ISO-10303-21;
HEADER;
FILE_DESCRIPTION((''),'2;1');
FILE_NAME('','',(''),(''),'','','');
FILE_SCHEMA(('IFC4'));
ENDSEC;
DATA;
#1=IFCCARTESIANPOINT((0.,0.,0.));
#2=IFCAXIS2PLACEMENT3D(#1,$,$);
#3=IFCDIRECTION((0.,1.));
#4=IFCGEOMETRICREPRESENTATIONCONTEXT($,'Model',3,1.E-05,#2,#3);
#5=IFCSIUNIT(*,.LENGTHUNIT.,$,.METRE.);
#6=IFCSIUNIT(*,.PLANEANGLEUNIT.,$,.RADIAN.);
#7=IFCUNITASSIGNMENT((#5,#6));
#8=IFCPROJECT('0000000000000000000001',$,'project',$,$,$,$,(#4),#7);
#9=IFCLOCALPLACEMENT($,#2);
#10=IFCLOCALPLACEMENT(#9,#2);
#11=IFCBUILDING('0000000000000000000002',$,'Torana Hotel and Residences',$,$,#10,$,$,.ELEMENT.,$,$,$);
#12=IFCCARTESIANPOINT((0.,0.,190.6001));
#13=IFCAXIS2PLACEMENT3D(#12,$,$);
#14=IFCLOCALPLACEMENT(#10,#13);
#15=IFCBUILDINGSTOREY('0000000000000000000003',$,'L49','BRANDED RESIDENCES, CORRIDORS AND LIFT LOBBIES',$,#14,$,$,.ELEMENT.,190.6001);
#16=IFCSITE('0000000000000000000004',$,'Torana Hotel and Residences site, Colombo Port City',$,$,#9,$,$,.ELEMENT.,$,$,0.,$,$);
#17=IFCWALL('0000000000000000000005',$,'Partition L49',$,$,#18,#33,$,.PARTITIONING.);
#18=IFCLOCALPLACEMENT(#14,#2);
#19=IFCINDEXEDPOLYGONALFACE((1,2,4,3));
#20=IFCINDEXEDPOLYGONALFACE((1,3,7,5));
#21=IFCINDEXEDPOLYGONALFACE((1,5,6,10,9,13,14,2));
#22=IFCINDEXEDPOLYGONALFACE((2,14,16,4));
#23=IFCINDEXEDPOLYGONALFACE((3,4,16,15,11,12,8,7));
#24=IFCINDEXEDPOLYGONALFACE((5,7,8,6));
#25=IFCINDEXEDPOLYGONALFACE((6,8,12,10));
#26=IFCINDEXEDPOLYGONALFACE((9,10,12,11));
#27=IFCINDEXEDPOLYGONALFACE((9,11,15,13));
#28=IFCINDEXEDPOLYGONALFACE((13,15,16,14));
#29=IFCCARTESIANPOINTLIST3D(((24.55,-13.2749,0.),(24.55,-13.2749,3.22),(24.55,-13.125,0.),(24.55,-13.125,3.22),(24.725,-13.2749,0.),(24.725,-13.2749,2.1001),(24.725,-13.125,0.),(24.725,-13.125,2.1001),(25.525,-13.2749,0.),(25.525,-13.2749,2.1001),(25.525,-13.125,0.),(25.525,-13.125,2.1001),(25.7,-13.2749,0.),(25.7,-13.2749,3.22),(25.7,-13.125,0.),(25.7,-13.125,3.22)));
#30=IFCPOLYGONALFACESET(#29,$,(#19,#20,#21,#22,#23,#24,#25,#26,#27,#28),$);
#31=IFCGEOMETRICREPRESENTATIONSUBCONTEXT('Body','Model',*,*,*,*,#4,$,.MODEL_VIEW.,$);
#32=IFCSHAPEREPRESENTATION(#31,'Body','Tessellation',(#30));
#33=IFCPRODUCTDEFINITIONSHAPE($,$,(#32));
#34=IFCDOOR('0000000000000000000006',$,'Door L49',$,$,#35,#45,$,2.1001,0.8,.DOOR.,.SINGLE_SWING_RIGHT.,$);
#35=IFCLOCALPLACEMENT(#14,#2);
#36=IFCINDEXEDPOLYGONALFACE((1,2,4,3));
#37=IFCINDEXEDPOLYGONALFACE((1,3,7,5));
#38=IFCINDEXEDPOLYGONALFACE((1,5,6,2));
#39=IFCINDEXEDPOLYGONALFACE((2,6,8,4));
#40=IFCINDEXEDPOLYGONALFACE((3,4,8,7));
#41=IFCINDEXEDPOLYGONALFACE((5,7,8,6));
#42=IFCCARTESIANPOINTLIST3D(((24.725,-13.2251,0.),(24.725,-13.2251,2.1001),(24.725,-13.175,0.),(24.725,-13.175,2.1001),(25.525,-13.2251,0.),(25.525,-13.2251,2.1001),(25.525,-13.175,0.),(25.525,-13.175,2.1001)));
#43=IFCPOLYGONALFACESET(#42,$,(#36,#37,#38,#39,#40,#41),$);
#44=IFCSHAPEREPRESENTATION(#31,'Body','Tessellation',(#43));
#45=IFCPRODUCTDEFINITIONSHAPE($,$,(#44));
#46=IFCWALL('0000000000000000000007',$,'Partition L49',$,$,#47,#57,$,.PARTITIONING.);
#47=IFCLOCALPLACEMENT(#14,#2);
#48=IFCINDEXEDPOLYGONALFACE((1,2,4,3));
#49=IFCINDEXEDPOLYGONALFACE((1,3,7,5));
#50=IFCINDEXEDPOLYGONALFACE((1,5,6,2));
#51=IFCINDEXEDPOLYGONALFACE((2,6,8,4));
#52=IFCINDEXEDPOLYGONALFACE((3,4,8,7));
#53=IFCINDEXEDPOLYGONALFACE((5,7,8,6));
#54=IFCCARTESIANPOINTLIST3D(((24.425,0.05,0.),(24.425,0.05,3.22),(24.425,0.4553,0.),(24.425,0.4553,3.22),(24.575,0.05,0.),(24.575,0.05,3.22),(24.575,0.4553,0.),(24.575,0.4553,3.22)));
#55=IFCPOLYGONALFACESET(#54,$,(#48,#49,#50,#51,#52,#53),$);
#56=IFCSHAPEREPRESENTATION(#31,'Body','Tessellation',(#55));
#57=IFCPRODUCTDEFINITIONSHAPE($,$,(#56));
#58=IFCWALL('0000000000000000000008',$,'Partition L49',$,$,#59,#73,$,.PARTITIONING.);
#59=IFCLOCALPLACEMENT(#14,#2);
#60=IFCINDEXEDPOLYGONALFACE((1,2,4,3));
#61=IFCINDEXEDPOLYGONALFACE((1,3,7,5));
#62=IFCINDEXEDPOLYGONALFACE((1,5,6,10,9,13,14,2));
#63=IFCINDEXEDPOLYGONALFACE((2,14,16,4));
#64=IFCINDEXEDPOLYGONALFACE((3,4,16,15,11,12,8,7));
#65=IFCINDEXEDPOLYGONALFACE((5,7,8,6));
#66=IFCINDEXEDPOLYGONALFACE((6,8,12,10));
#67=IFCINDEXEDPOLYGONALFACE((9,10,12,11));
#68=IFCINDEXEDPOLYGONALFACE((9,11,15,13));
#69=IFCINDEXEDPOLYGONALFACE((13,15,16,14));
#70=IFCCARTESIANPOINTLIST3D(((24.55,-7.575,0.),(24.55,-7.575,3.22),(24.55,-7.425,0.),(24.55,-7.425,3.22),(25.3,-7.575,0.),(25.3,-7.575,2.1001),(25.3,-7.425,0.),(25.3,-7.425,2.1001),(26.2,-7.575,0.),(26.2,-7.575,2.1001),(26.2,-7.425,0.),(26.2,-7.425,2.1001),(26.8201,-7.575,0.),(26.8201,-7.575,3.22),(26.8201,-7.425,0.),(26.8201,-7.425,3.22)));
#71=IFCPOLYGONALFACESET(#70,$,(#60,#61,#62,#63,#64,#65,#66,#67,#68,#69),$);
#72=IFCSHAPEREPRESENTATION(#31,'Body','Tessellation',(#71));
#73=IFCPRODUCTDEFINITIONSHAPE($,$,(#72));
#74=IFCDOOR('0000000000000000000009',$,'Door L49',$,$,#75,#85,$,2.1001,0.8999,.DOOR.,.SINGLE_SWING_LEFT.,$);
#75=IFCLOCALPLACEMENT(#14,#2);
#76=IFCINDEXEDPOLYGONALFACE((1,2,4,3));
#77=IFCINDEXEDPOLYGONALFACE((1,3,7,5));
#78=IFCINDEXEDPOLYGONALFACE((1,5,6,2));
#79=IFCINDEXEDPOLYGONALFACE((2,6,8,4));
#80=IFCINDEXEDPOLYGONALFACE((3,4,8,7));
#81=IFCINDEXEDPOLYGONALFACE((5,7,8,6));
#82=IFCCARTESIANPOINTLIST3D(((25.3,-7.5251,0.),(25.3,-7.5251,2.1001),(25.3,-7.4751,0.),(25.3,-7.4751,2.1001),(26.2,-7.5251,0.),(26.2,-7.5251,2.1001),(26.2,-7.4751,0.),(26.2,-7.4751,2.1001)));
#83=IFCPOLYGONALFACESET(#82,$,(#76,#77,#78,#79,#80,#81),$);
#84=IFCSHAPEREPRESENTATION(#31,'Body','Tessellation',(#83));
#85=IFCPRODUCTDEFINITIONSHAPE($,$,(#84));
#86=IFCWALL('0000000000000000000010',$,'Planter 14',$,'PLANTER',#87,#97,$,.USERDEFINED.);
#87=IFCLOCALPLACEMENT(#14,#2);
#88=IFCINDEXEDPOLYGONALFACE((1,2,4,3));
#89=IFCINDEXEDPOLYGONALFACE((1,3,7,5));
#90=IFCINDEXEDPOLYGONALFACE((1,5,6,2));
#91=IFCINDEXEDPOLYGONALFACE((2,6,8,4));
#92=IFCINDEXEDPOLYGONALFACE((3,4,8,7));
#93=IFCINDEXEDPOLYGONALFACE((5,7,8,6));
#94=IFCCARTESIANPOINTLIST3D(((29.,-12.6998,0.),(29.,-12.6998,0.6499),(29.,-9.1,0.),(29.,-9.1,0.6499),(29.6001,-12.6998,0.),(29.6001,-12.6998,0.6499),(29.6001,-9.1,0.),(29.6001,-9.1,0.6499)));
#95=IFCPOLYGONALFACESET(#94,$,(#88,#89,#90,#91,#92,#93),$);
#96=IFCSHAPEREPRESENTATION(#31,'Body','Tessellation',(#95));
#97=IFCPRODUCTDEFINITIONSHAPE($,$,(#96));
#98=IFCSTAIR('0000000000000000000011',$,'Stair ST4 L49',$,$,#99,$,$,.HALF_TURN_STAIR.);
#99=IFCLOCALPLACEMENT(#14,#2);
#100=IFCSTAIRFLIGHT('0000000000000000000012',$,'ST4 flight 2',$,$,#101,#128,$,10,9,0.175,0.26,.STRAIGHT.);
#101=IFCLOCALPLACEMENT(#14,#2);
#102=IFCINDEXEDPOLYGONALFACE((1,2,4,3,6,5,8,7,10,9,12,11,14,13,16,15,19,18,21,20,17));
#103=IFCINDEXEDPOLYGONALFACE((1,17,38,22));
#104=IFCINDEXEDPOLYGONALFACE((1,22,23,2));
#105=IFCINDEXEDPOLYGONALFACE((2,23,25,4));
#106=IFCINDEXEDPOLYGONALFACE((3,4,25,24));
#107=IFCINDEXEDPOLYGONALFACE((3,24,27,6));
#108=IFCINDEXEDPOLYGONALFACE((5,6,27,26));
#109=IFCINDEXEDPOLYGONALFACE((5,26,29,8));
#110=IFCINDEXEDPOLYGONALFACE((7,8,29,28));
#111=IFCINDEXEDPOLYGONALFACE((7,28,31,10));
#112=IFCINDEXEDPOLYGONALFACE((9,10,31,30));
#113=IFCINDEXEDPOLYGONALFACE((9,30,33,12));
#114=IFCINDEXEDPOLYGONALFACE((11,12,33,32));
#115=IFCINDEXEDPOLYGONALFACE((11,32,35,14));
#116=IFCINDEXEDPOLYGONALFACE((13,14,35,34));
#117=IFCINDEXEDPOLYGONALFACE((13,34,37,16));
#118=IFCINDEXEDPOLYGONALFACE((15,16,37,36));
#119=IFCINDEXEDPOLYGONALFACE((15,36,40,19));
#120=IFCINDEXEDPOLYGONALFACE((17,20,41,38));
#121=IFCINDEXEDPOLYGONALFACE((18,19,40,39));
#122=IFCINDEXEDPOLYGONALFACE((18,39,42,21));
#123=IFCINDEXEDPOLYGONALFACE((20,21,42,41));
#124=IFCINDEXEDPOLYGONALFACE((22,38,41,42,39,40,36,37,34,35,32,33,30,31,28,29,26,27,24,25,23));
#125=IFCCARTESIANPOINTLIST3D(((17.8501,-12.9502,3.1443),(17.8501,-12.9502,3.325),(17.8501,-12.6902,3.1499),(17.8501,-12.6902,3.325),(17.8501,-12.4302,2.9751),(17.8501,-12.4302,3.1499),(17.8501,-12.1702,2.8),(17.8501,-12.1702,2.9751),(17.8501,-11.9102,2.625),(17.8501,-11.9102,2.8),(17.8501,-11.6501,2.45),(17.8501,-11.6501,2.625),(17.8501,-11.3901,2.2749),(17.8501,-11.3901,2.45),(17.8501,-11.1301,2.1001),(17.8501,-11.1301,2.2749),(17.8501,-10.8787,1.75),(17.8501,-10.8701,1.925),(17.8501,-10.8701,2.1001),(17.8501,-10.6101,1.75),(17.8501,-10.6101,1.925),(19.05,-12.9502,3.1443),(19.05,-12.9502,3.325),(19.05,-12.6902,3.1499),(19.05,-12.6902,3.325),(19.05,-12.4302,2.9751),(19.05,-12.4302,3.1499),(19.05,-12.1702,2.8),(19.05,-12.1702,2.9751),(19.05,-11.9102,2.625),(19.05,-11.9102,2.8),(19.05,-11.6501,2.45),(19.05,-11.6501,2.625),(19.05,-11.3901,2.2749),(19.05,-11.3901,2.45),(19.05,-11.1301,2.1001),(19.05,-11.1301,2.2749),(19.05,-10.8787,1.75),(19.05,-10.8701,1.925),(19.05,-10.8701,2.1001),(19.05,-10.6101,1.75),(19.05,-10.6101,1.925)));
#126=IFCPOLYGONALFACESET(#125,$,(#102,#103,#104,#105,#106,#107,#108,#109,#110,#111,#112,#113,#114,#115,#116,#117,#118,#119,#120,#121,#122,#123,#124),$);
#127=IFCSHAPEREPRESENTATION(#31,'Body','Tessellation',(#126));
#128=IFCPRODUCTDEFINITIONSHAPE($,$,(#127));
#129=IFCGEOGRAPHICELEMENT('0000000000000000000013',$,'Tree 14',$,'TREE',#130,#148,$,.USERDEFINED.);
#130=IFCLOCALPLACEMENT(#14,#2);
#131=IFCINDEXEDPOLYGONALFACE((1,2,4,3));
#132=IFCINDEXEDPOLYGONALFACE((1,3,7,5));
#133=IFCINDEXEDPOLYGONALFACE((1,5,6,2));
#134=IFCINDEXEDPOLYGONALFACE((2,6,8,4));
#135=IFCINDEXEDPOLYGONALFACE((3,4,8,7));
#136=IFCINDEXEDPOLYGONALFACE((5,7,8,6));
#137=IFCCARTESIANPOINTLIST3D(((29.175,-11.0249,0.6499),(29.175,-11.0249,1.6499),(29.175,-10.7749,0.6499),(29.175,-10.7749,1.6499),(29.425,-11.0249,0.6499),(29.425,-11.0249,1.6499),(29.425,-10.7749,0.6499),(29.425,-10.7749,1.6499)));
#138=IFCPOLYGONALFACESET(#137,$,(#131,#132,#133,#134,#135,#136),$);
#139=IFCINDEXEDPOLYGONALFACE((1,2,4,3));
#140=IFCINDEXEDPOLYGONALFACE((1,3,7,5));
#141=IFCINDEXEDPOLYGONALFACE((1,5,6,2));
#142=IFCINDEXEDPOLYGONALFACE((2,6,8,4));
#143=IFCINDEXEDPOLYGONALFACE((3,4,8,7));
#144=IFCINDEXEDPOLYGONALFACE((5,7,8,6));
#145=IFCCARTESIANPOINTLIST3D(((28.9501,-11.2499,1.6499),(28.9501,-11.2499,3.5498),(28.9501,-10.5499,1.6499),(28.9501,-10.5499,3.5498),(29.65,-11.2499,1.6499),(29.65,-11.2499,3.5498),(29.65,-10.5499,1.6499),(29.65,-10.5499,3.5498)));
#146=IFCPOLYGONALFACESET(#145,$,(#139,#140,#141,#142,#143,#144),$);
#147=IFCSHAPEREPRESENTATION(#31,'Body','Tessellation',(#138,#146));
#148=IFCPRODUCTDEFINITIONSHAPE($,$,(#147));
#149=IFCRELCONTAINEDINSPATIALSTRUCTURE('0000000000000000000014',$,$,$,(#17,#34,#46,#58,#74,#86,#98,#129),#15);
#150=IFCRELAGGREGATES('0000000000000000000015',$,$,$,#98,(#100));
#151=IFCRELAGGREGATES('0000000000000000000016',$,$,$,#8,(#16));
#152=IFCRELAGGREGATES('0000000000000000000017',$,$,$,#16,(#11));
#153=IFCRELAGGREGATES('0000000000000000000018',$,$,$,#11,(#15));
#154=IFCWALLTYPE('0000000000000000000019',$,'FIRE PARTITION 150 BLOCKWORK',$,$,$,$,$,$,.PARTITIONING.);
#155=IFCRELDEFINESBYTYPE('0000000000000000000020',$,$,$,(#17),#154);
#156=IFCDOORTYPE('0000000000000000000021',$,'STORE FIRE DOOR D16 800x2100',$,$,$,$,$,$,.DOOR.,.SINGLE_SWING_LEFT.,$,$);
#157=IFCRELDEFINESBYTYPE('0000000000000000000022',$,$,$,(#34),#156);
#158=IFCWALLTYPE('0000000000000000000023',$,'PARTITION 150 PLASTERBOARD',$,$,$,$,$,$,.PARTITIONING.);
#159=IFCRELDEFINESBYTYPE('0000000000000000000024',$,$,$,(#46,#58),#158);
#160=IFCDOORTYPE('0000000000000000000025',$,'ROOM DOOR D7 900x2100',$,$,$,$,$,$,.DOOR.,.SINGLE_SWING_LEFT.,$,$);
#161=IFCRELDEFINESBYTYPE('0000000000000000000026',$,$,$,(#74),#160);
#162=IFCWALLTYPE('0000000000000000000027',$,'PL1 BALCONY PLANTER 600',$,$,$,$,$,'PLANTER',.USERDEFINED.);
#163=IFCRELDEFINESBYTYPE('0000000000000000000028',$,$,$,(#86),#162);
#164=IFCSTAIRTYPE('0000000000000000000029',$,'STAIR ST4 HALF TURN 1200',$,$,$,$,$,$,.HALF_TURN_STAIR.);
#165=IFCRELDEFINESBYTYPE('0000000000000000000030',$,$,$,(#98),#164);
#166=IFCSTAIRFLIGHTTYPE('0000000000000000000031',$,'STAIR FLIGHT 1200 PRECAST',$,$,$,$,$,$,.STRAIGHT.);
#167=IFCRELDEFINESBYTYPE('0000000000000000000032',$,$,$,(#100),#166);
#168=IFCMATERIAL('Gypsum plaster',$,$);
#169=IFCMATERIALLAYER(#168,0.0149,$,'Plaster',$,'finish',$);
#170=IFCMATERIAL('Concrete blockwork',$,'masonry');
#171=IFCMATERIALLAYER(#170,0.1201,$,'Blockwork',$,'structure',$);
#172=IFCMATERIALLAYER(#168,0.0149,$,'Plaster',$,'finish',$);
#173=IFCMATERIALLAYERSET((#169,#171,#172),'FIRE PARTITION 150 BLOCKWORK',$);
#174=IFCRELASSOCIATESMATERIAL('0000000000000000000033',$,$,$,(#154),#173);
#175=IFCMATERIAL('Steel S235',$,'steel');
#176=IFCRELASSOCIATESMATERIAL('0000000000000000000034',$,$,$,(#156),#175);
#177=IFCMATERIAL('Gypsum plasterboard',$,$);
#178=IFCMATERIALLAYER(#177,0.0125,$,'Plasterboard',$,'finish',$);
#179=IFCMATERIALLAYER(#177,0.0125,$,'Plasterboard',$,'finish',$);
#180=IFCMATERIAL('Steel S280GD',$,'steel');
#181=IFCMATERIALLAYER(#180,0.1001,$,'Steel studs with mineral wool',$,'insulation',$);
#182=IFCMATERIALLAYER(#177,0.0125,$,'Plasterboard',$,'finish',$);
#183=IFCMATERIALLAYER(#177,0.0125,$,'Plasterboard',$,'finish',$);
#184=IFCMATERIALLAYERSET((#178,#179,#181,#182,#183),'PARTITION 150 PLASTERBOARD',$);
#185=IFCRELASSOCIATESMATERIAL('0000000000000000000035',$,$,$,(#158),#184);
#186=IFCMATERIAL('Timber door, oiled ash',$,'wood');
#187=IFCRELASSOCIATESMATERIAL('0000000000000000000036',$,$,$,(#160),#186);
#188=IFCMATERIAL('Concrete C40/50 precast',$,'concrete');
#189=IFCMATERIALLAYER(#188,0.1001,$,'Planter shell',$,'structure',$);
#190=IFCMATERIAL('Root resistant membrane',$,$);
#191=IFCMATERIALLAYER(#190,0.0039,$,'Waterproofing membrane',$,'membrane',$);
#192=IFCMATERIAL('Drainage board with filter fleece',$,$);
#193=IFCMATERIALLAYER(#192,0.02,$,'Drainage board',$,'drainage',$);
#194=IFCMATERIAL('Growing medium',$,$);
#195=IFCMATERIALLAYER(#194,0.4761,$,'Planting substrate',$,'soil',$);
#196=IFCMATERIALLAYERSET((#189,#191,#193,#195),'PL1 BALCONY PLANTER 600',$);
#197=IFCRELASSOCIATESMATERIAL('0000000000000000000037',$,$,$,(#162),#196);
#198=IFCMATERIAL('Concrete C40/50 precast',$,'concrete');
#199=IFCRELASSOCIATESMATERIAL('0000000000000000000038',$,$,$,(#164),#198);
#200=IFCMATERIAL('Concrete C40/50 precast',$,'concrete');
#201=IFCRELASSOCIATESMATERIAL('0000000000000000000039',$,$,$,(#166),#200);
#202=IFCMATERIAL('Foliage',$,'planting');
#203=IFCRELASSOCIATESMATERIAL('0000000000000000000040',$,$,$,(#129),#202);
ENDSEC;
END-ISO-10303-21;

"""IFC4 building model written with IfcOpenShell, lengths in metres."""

from ifc_helpers import new_model, si_unit, direction, frame, frame_2d, origin, origin_2d, place, context, subcontext, project, spatial, polyline, rectangle, outline, extrude, material, layer, layer_set, type_object, element, fill, aggregate, save


model = new_model("IFC4")

# Units and contexts
model_context = context("Model", 3, precision=1e-05, world=origin(), true_north=direction((0.0, 1.0)))
body_context = subcontext(model_context, "Body", "Model", "MODEL_VIEW")
ifc_project = project(units=[si_unit("LENGTHUNIT", "METRE"), si_unit("PLANEANGLEUNIT", "RADIAN")], contexts=[model_context])

# Site, building, storey
site_placement = place(None, origin())
site = spatial("IfcSite", under=ifc_project, at=site_placement, Name="Torana Hotel and Residences site, Colombo Port City", CompositionType="ELEMENT", RefElevation=0.0)
building_placement = place(site_placement, origin())
building = spatial("IfcBuilding", under=site, at=building_placement, Name="Torana Hotel and Residences", CompositionType="ELEMENT")
storey_placement = place(building_placement, frame((0.0, 0.0, 190.6001)))
storey = spatial("IfcBuildingStorey", under=building, at=storey_placement, Name="L49", Description="BRANDED RESIDENCES, CORRIDORS AND LIFT LOBBIES", CompositionType="ELEMENT", Elevation=190.6001)

# Shared definitions
ifc_material_1 = material(Name="Steel S280GD", Category="steel")

# Shared definitions
ifc_material_2 = material(Name="Concrete C40/50 precast", Category="concrete")

# Wall, opening, door
ifc_material_3 = material(Name="Gypsum plaster")
ifc_layer_1 = layer(ifc_material_3, 0.0149, Name="Plaster", Category="finish")
ifc_material_4 = material(Name="Concrete blockwork", Category="masonry")
ifc_layer_2 = layer(ifc_material_4, 0.1201, Name="Blockwork", Category="structure")
ifc_layer_3 = layer(ifc_material_3, 0.0149, Name="Plaster", Category="finish")
ifc_layer_set_1 = layer_set([ifc_layer_1, ifc_layer_2, ifc_layer_3], Name="FIRE PARTITION 150 BLOCKWORK")
wall_type_1 = type_object("IfcWallType", Name="FIRE PARTITION 150 BLOCKWORK", PredefinedType="PARTITIONING", material=ifc_layer_set_1)
wall_1_placement = place(storey_placement, frame((24.55, -13.2, 0.0), z_axis=(0.0, 0.0, 1.0), x_axis=(1.0, 0.0, 0.0)))
wall_1 = element("IfcWall", 1, at=wall_1_placement, inside=storey, type_object=wall_type_1, Name="Partition L49", PredefinedType="PARTITIONING", context=body_context, shape_type="SweptSolid", body=[
    extrude(rectangle(XDim=1.1499, YDim=0.1499, at=frame_2d((0.575, 0.0))), origin(), (0.0, 0.0, 1.0), 3.22),
])
opening_1_placement = place(wall_1_placement, frame((0.175, 0.0, 0.0)))
opening_1 = element("IfcOpeningElement", 2, at=opening_1_placement, cuts=wall_1, PredefinedType="OPENING", context=body_context, shape_type="SweptSolid", body=[
    extrude(rectangle(XDim=0.8, YDim=2.1001, at=frame_2d((0.3999, 1.05))), frame((0.0, 0.085, 0.0), z_axis=(0.0, -1.0, 0.0), x_axis=(1.0, 0.0, 0.0)), (0.0, 0.0, 1.0), 0.1699),
])
ifc_material_5 = material(Name="Steel S235", Category="steel")
door_type_1 = type_object("IfcDoorType", Name="STORE FIRE DOOR D16 800x2100", OperationType="SINGLE_SWING_LEFT", PredefinedType="DOOR", material=ifc_material_5)
door_1_placement = place(opening_1_placement, origin())
door_1 = element("IfcDoor", 3, at=door_1_placement, inside=storey, type_object=door_type_1, Name="Door L49", OperationType="SINGLE_SWING_RIGHT", OverallHeight=2.1001, OverallWidth=0.8, PredefinedType="DOOR", context=body_context, shape_type="SweptSolid", body=[
    extrude(rectangle(XDim=0.8, YDim=2.1001, at=frame_2d((0.3999, 1.05))), frame((0.0, 0.0249, 0.0), z_axis=(0.0, -1.0, 0.0), x_axis=(1.0, 0.0, 0.0)), (0.0, 0.0, 1.0), 0.05),
])
fill(opening_1, door_1)

# Wall
ifc_material_6 = material(Name="Gypsum plasterboard")
ifc_layer_4 = layer(ifc_material_6, 0.0125, Name="Plasterboard", Category="finish")
ifc_layer_5 = layer(ifc_material_6, 0.0125, Name="Plasterboard", Category="finish")
ifc_layer_6 = layer(ifc_material_1, 0.1001, Name="Steel studs with mineral wool", Category="insulation")
ifc_layer_7 = layer(ifc_material_6, 0.0125, Name="Plasterboard", Category="finish")
ifc_layer_8 = layer(ifc_material_6, 0.0125, Name="Plasterboard", Category="finish")
ifc_layer_set_2 = layer_set([ifc_layer_4, ifc_layer_5, ifc_layer_6, ifc_layer_7, ifc_layer_8], Name="PARTITION 150 PLASTERBOARD")
wall_type_2 = type_object("IfcWallType", Name="PARTITION 150 PLASTERBOARD", PredefinedType="PARTITIONING", material=ifc_layer_set_2)
wall_2_placement = place(storey_placement, frame((24.5, 0.05, 0.0), z_axis=(0.0, 0.0, 1.0), x_axis=(0.0, 1.0, 0.0)))
element("IfcWall", 4, at=wall_2_placement, inside=storey, type_object=wall_type_2, Name="Partition L49", PredefinedType="PARTITIONING", context=body_context, shape_type="SweptSolid", body=[
    extrude(rectangle(XDim=0.4053, YDim=0.1499, at=frame_2d((0.2026, 0.0))), origin(), (0.0, 0.0, 1.0), 3.22),
])

# Wall, opening, door
wall_3_placement = place(storey_placement, frame((24.55, -7.5, 0.0), z_axis=(0.0, 0.0, 1.0), x_axis=(1.0, 0.0, 0.0)))
wall_3 = element("IfcWall", 5, at=wall_3_placement, inside=storey, type_object=wall_type_2, Name="Partition L49", PredefinedType="PARTITIONING", context=body_context, shape_type="SweptSolid", body=[
    extrude(rectangle(XDim=2.27, YDim=0.1499, at=frame_2d((1.135, 0.0))), origin(), (0.0, 0.0, 1.0), 3.22),
])
opening_2_placement = place(wall_3_placement, frame((0.75, 0.0, 0.0)))
opening_2 = element("IfcOpeningElement", 6, at=opening_2_placement, cuts=wall_3, PredefinedType="OPENING", context=body_context, shape_type="SweptSolid", body=[
    extrude(rectangle(XDim=0.8999, YDim=2.1001, at=frame_2d((0.45, 1.05))), frame((0.0, 0.085, 0.0), z_axis=(0.0, -1.0, 0.0), x_axis=(1.0, 0.0, 0.0)), (0.0, 0.0, 1.0), 0.1699),
])
ifc_material_7 = material(Name="Timber door, oiled ash", Category="wood")
door_type_2 = type_object("IfcDoorType", Name="ROOM DOOR D7 900x2100", OperationType="SINGLE_SWING_LEFT", PredefinedType="DOOR", material=ifc_material_7)
door_2_placement = place(opening_2_placement, origin())
door_2 = element("IfcDoor", 7, at=door_2_placement, inside=storey, type_object=door_type_2, Name="Door L49", OperationType="SINGLE_SWING_LEFT", OverallHeight=2.1001, OverallWidth=0.8999, PredefinedType="DOOR", context=body_context, shape_type="SweptSolid", body=[
    extrude(rectangle(XDim=0.8999, YDim=2.1001, at=frame_2d((0.45, 1.05))), frame((0.0, 0.0249, 0.0), z_axis=(0.0, -1.0, 0.0), x_axis=(1.0, 0.0, 0.0)), (0.0, 0.0, 1.0), 0.05),
])
fill(opening_2, door_2)

# Wall
ifc_layer_9 = layer(ifc_material_2, 0.1001, Name="Planter shell", Category="structure")
ifc_material_8 = material(Name="Root resistant membrane")
ifc_layer_10 = layer(ifc_material_8, 0.0039, Name="Waterproofing membrane", Category="membrane")
ifc_material_9 = material(Name="Drainage board with filter fleece")
ifc_layer_11 = layer(ifc_material_9, 0.02, Name="Drainage board", Category="drainage")
ifc_material_10 = material(Name="Growing medium")
ifc_layer_12 = layer(ifc_material_10, 0.4761, Name="Planting substrate", Category="soil")
ifc_layer_set_3 = layer_set([ifc_layer_9, ifc_layer_10, ifc_layer_11, ifc_layer_12], Name="PL1 BALCONY PLANTER 600")
wall_type_3 = type_object("IfcWallType", Name="PL1 BALCONY PLANTER 600", ElementType="PLANTER", PredefinedType="USERDEFINED", material=ifc_layer_set_3)
wall_4_placement = place(storey_placement, frame((29.3, -9.1001, 0.0), z_axis=(0.0, 0.0, 1.0), x_axis=(0.0, -1.0, 0.0)))
element("IfcWall", 8, at=wall_4_placement, inside=storey, type_object=wall_type_3, Name="Planter 14", ObjectType="PLANTER", PredefinedType="USERDEFINED", context=body_context, shape_type="SweptSolid", body=[
    extrude(rectangle(XDim=3.5999, YDim=0.6001, at=frame_2d((1.7998, 0.0))), origin(), (0.0, 0.0, 1.0), 0.6499),
])

# Stair, stair flight
ifc_material_11 = material(Name="Concrete C40/50 precast", Category="concrete")
stair_type = type_object("IfcStairType", Name="STAIR ST4 HALF TURN 1200", PredefinedType="HALF_TURN_STAIR", material=ifc_material_11)
stair_placement = place(storey_placement, origin())
stair = element("IfcStair", 9, at=stair_placement, inside=storey, type_object=stair_type, Name="Stair ST4 L49", PredefinedType="HALF_TURN_STAIR")
ifc_material_12 = material(Name="Concrete C40/50 precast", Category="concrete")
stair_flight_type = type_object("IfcStairFlightType", Name="STAIR FLIGHT 1200 PRECAST", PredefinedType="STRAIGHT", material=ifc_material_12)
stair_flight_placement = place(storey_placement, frame((18.45, -10.6101, 1.75), z_axis=(0.0, 0.0, 1.0), x_axis=(0.0, -1.0, 0.0)))
stair_flight = element("IfcStairFlight", 10, at=stair_flight_placement, type_object=stair_flight_type, Name="ST4 flight 2", NumberOfRisers=10, NumberOfTreads=9, PredefinedType="STRAIGHT", RiserHeight=0.175, TreadLength=0.26, context=body_context, shape_type="SweptSolid", body=[
    extrude(outline(polyline([(0.0, 0.0), (0.0, 0.175), (0.26, 0.175), (0.26, 0.3501), (0.52, 0.3501), (0.52, 0.5249), (0.78, 0.5249), (0.78, 0.7), (1.04, 0.7), (1.04, 0.875), (1.3, 0.875), (1.3, 1.05), (1.5601, 1.05), (1.5601, 1.2251), (1.8201, 1.2251), (1.8201, 1.3999), (2.0801, 1.3999), (2.0801, 1.575), (2.3401, 1.575), (2.3401, 1.75), (2.3401, 1.3943), (0.2686, 0.0), (0.0, 0.0)])), frame((0.0, 0.6001, 0.0), z_axis=(0.0, -1.0, 0.0), x_axis=(1.0, 0.0, 0.0)), (0.0, 0.0, 1.0), 1.2),
])
aggregate(stair, [stair_flight])

# Geographic element
ifc_material_13 = material(Name="Foliage", Category="planting")
geographic_element_placement = place(storey_placement, frame((29.3, -10.8999, 0.6499), z_axis=(0.0, 0.0, 1.0), x_axis=(1.0, 0.0, 0.0)))
element("IfcGeographicElement", 11, at=geographic_element_placement, inside=storey, material=ifc_material_13, Name="Tree 14", ObjectType="TREE", PredefinedType="USERDEFINED", context=body_context, shape_type="SweptSolid", body=[
    extrude(rectangle(XDim=0.25, YDim=0.25, at=origin_2d()), origin(), (0.0, 0.0, 1.0), 1.0),
    extrude(rectangle(XDim=0.7, YDim=0.7, at=origin_2d()), frame((0.0, 0.0, 1.0)), (0.0, 0.0, 1.0), 1.8999),
])

save(model, "model.ifc")
